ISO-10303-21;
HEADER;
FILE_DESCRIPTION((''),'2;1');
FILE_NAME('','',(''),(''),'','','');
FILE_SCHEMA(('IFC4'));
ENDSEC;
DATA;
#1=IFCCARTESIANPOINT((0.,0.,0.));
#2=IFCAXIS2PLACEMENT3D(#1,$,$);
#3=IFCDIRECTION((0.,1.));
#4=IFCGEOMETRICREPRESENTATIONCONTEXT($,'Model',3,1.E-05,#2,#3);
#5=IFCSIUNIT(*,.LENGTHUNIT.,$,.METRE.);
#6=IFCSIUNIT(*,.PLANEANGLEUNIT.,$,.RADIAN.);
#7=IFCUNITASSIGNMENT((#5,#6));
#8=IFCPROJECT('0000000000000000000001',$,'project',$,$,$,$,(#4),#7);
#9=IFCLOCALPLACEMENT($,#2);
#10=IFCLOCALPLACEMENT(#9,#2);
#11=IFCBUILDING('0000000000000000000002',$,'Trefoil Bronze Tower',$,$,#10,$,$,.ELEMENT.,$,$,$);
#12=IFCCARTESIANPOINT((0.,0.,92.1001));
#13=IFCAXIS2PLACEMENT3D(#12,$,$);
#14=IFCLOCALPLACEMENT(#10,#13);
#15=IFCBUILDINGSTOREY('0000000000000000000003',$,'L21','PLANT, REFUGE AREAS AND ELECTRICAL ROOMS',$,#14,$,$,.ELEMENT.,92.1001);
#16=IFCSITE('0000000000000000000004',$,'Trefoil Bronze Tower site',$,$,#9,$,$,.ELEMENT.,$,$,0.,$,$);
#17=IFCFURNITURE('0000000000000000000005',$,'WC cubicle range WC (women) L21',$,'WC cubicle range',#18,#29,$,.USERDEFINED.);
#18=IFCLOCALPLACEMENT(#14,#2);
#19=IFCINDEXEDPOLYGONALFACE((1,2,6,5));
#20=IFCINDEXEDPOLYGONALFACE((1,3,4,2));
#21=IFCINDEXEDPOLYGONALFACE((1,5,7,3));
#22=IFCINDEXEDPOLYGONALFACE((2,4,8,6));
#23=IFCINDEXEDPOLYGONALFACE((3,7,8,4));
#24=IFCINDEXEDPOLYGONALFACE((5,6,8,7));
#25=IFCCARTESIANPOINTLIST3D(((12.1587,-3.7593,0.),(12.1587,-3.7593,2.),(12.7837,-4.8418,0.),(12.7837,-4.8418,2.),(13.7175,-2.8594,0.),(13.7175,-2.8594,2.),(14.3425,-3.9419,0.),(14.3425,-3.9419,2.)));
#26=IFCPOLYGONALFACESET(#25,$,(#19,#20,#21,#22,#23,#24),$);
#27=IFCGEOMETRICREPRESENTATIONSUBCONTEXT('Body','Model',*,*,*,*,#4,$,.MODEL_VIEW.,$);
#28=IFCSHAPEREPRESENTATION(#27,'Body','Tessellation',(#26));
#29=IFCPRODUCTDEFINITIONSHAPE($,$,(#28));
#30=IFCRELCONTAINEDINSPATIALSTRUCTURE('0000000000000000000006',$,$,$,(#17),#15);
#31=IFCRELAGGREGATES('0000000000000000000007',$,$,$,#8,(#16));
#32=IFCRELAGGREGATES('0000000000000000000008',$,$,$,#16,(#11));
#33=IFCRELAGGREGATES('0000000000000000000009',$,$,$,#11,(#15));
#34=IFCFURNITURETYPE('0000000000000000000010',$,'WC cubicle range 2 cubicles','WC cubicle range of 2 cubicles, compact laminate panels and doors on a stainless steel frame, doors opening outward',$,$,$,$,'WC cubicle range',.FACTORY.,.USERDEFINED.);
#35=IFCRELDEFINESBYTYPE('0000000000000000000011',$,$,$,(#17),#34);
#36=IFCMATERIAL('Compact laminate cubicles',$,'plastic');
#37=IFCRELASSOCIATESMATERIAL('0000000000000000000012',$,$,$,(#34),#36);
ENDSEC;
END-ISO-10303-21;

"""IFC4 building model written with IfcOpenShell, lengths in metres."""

from ifc_helpers import new_model, si_unit, direction, frame, origin, place, context, subcontext, project, spatial, polyline, outline, extrude, material, type_object, element, save


model = new_model("IFC4")

# Units and contexts
model_context = context("Model", 3, precision=1e-05, world=origin(), true_north=direction((0.0, 1.0)))
body_context = subcontext(model_context, "Body", "Model", "MODEL_VIEW")
ifc_project = project(units=[si_unit("LENGTHUNIT", "METRE"), si_unit("PLANEANGLEUNIT", "RADIAN")], contexts=[model_context])

# Site, building, storey
site_placement = place(None, origin())
site = spatial("IfcSite", under=ifc_project, at=site_placement, Name="Trefoil Bronze Tower site", CompositionType="ELEMENT", RefElevation=0.0)
building_placement = place(site_placement, origin())
building = spatial("IfcBuilding", under=site, at=building_placement, Name="Trefoil Bronze Tower", CompositionType="ELEMENT")
storey_placement = place(building_placement, frame((0.0, 0.0, 92.1001)))
storey = spatial("IfcBuildingStorey", under=building, at=storey_placement, Name="L21", Description="PLANT, REFUGE AREAS AND ELECTRICAL ROOMS", CompositionType="ELEMENT", Elevation=92.1001)

# Furniture
ifc_material_1 = material(Name="Compact laminate cubicles", Category="plastic")
furniture_type = type_object("IfcFurnitureType", Name="WC cubicle range 2 cubicles", Description="WC cubicle range of 2 cubicles, compact laminate panels and doors on a stainless steel frame, doors opening outward", ElementType="WC cubicle range", AssemblyPlace="FACTORY", PredefinedType="USERDEFINED", material=ifc_material_1)
furniture_placement = place(storey_placement, origin())
element("IfcFurniture", 1, at=furniture_placement, inside=storey, type_object=furniture_type, Name="WC cubicle range WC (women) L21", ObjectType="WC cubicle range", PredefinedType="USERDEFINED", context=body_context, shape_type="SweptSolid", body=[
    extrude(outline(polyline([(12.1587, -3.7593), (12.7837, -4.8418), (14.3425, -3.9419), (13.7175, -2.8594), (12.1587, -3.7593)])), origin(), (0.0, 0.0, 1.0), 2.0),
])

save(model, "model.ifc")
